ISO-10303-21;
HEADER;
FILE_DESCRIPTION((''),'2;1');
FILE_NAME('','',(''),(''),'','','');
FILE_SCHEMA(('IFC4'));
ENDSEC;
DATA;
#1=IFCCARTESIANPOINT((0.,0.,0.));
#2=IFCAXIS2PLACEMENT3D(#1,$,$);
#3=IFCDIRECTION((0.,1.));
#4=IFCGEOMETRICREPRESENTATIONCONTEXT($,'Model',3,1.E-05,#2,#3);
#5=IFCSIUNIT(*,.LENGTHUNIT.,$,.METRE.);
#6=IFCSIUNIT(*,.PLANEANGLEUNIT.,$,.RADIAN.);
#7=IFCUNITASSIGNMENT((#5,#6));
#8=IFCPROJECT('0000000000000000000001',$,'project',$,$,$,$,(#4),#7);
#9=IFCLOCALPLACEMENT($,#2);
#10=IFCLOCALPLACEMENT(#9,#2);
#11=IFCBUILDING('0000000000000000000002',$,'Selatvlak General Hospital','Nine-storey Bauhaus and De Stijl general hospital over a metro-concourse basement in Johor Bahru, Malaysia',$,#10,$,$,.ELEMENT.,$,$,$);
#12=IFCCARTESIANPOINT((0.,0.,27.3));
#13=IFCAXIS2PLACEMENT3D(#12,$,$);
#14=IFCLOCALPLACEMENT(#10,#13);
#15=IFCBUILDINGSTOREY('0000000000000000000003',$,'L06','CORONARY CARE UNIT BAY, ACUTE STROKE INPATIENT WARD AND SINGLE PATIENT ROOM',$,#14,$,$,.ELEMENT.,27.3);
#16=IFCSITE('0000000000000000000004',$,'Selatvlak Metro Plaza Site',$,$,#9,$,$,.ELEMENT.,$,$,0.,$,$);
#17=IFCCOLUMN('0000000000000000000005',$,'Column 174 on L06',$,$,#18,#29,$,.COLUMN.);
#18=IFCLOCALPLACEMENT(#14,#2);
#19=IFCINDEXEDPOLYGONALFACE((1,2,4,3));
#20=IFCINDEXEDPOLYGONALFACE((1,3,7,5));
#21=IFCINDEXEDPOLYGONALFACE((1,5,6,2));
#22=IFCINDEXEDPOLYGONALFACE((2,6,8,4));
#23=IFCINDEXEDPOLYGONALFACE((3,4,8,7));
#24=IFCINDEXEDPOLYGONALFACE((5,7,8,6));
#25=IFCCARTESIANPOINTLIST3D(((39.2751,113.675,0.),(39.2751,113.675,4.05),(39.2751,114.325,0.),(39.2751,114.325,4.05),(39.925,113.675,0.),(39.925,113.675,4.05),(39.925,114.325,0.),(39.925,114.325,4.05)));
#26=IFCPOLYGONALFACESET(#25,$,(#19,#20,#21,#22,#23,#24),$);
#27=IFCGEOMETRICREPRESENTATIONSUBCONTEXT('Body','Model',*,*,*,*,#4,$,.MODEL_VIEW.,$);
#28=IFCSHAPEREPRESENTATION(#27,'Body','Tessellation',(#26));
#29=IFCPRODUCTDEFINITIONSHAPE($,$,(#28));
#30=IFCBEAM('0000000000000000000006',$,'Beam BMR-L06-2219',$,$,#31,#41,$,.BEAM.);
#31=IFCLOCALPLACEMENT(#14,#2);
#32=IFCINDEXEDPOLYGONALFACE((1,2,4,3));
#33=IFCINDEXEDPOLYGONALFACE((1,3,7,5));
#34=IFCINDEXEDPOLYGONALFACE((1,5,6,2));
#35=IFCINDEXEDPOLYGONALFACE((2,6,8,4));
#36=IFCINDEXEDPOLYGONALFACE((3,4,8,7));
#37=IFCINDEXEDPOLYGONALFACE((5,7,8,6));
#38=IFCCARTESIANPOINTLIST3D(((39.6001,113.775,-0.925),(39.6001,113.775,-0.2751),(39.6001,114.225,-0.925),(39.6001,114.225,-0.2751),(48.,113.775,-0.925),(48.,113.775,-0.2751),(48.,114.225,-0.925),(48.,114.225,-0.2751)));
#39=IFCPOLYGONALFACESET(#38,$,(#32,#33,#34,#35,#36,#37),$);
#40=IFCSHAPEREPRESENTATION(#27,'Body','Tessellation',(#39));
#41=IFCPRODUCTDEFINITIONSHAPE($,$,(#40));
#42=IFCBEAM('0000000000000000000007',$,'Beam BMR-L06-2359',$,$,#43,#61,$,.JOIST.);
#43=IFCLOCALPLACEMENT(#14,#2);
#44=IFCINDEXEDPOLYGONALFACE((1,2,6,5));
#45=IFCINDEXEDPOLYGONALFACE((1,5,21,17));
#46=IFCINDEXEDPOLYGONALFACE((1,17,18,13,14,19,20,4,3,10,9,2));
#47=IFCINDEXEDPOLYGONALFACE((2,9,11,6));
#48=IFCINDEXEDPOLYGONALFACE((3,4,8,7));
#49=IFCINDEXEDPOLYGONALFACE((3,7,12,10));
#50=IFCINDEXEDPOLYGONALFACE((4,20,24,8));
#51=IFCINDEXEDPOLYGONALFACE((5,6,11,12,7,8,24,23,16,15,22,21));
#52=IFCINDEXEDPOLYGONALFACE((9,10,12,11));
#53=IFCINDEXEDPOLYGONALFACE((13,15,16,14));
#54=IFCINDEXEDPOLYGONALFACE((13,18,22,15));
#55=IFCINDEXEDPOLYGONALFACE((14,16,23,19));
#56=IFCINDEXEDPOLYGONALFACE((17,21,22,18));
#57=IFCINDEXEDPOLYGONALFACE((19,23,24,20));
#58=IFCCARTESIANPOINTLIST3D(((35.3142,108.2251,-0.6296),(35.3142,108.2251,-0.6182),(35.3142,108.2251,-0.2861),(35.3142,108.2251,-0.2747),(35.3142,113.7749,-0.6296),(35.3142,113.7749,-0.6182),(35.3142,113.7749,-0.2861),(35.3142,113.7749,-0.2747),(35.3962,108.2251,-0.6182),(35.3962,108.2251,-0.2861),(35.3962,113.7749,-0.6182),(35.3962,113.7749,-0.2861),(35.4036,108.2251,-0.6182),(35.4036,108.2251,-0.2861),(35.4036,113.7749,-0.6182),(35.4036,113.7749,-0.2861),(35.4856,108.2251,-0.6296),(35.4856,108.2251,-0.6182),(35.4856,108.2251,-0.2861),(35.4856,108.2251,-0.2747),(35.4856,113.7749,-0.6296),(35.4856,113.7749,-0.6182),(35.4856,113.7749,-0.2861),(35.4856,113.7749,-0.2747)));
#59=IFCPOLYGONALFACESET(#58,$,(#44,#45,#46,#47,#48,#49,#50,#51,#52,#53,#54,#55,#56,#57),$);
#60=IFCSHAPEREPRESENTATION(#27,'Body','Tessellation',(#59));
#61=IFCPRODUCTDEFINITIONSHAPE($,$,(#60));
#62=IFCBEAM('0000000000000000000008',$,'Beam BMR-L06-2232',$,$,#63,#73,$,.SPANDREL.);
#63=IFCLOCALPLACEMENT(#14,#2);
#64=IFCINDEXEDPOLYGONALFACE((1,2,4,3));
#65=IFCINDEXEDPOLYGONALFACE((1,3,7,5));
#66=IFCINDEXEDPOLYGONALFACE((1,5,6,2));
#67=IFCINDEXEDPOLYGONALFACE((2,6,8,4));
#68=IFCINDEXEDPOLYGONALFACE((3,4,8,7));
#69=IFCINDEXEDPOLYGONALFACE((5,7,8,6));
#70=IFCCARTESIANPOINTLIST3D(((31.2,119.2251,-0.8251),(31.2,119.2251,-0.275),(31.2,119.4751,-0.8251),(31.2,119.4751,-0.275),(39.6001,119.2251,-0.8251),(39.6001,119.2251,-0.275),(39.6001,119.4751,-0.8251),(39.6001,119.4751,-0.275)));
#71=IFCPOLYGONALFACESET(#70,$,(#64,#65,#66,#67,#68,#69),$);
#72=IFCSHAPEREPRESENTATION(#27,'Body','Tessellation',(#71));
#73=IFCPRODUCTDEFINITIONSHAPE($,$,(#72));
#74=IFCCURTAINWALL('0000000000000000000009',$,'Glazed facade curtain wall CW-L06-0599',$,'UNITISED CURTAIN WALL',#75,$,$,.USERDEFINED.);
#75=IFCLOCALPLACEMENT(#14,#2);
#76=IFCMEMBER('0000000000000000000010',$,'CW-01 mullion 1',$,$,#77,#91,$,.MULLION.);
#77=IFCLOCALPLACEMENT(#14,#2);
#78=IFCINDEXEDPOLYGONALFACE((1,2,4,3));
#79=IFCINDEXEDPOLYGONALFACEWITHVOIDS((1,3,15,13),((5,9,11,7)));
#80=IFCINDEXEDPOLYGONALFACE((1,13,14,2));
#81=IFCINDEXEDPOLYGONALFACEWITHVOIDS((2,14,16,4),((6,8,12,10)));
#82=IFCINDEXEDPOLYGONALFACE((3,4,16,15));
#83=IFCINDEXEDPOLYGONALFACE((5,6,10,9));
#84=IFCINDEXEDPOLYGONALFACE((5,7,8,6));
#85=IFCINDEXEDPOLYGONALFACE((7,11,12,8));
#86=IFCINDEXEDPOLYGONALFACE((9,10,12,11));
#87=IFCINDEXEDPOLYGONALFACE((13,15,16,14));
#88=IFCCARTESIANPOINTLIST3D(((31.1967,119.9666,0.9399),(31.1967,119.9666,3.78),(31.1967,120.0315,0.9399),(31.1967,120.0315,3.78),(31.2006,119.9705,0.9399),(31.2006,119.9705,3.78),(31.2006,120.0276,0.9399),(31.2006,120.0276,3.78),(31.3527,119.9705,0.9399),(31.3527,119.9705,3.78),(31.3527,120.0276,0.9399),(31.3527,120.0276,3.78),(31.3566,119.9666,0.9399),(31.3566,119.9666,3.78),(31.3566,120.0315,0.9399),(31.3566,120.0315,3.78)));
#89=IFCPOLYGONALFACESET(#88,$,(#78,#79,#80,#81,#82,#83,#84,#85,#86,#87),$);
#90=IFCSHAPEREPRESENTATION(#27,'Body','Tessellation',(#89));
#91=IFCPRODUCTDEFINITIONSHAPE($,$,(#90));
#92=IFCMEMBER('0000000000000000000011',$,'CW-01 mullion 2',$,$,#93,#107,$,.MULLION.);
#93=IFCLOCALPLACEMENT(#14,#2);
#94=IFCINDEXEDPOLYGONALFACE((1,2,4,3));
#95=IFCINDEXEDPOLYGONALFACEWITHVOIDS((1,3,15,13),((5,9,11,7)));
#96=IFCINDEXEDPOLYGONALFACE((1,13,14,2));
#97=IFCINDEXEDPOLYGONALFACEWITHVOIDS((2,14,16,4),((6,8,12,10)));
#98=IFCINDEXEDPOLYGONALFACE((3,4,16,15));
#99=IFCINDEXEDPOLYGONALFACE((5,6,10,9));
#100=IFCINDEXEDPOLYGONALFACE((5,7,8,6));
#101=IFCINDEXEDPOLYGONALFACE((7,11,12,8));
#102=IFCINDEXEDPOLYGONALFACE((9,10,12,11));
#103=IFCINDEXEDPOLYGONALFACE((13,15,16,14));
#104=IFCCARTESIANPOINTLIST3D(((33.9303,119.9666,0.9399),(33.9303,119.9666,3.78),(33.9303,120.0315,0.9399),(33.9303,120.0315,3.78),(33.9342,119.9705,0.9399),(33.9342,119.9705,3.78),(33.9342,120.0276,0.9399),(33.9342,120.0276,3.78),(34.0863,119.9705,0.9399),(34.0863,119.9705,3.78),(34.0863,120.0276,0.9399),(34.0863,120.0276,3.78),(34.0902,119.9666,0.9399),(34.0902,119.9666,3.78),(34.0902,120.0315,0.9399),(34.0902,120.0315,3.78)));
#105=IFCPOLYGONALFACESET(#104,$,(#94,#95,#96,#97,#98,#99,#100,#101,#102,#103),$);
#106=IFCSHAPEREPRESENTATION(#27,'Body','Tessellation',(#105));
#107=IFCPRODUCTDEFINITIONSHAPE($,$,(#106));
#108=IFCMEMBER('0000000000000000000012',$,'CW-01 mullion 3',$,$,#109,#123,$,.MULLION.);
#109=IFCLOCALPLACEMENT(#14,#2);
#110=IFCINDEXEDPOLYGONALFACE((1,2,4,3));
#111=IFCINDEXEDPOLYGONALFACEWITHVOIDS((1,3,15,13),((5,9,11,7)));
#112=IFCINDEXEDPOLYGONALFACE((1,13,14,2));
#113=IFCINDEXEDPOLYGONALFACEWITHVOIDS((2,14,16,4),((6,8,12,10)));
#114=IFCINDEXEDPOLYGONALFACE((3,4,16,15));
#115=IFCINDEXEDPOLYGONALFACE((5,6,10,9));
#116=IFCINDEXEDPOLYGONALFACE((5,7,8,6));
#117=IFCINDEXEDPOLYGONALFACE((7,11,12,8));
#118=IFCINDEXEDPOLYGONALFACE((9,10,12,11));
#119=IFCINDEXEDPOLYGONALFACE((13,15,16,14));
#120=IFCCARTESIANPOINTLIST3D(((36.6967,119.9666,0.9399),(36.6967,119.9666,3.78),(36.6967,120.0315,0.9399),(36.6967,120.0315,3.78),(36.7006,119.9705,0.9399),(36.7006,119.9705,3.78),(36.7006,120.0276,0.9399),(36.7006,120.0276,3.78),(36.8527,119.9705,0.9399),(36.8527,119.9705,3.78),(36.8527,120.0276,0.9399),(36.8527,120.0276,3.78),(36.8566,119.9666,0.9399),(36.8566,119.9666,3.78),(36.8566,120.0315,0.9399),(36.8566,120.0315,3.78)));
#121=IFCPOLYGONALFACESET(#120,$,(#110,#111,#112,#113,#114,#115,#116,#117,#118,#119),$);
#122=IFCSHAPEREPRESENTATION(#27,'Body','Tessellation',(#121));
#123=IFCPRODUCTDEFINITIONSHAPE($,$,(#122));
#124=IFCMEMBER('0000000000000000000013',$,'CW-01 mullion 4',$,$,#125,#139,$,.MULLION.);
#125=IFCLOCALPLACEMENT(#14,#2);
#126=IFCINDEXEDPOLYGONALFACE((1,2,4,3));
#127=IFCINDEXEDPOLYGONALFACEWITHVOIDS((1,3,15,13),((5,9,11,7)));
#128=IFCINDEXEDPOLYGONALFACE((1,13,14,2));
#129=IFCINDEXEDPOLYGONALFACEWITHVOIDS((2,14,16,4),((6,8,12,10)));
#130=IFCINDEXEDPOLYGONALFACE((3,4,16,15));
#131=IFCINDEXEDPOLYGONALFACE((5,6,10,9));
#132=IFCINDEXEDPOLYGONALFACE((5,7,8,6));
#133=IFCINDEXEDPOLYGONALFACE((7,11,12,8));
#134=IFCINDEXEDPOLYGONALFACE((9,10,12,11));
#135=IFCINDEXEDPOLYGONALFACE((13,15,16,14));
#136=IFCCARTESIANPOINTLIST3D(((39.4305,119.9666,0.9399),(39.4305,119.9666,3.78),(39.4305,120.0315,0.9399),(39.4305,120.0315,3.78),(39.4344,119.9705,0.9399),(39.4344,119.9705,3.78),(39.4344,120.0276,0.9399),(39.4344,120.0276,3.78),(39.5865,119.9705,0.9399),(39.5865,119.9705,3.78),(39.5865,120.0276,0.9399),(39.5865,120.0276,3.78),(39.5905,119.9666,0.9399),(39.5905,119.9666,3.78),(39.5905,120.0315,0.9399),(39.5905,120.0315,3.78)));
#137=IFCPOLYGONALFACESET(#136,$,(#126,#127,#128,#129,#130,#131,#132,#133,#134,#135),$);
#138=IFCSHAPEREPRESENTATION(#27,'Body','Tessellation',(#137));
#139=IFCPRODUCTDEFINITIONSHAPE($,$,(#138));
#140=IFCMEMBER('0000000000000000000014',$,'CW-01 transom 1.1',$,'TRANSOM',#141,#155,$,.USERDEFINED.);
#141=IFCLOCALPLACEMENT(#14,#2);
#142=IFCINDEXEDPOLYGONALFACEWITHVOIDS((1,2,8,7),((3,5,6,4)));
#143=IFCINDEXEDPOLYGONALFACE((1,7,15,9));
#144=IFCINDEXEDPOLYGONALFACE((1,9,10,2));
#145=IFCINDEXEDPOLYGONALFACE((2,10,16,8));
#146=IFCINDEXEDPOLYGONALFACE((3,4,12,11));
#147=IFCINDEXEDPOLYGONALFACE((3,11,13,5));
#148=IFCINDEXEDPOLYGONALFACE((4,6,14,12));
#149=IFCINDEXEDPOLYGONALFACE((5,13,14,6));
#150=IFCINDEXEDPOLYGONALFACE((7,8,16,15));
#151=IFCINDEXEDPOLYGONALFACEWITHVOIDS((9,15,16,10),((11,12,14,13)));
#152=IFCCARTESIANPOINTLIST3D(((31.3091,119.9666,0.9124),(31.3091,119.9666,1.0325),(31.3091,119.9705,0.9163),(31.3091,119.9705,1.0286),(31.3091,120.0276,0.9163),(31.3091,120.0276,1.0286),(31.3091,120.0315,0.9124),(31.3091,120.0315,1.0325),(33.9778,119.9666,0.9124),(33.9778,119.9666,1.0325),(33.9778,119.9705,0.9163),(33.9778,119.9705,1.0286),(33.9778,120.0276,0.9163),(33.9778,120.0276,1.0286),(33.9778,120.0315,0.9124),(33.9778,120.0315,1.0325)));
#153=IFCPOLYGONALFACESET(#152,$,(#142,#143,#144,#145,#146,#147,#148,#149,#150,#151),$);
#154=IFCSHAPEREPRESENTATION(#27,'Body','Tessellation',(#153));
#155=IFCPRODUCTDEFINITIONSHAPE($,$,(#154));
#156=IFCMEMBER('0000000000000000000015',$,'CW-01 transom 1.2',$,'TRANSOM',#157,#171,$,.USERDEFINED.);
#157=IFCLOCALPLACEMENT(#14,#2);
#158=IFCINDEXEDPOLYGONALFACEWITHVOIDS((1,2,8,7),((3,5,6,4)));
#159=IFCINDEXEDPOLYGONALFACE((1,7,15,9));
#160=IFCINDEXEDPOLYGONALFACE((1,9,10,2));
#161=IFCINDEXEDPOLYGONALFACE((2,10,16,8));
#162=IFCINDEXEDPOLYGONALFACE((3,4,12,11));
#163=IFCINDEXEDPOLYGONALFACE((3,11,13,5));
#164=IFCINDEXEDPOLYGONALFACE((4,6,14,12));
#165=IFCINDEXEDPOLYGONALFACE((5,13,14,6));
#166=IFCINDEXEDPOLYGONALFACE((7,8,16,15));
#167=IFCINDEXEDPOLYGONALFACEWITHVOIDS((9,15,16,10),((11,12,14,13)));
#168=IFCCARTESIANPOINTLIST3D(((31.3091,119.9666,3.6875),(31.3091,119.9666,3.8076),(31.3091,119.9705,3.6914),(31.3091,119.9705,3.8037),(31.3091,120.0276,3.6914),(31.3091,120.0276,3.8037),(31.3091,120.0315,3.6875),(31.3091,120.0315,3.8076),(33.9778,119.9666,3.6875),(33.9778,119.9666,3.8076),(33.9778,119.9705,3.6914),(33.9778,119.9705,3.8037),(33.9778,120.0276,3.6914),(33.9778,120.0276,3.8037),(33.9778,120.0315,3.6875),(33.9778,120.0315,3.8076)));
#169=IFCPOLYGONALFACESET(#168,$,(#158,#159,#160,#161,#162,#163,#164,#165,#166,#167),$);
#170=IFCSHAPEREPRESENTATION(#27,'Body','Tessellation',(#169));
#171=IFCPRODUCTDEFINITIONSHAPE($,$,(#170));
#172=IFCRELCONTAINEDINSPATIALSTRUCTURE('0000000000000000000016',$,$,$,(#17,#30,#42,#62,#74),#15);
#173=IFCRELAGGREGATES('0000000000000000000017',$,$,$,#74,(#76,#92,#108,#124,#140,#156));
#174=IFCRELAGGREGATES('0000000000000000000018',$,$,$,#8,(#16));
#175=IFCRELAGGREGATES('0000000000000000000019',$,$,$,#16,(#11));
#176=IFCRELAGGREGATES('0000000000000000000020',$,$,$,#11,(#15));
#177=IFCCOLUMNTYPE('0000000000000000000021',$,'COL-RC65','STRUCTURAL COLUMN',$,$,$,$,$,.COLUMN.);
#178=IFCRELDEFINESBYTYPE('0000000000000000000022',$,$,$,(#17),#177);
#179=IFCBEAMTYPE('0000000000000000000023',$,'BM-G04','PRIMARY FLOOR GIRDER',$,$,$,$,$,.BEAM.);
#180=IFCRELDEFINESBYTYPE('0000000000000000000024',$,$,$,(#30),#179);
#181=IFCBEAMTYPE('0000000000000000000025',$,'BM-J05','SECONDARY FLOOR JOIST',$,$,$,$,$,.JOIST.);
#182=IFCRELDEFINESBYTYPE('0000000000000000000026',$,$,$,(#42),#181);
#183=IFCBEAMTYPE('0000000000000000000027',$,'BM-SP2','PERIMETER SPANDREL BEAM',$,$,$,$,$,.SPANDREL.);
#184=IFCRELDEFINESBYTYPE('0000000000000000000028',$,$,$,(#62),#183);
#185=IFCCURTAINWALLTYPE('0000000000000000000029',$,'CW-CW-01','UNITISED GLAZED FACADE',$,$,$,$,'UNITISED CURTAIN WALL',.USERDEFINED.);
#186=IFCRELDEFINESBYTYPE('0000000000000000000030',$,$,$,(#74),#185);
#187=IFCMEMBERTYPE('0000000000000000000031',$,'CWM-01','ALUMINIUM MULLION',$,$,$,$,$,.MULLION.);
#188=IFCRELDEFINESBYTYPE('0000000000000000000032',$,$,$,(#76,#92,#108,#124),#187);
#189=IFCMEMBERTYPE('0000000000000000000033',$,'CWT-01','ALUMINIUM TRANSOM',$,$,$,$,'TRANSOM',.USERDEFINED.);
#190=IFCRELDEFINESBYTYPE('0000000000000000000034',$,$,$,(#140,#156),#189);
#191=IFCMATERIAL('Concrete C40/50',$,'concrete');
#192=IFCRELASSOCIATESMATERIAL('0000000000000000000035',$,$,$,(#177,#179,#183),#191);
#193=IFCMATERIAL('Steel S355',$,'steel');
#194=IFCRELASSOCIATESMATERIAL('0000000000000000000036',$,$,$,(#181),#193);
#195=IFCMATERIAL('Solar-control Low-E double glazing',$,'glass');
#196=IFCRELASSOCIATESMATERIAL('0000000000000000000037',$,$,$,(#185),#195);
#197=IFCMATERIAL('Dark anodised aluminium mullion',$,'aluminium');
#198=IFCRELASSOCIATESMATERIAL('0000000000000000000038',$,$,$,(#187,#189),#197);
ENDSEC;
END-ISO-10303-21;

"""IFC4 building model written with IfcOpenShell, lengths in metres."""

from ifc_helpers import new_model, si_unit, direction, frame, origin, origin_2d, place, context, subcontext, project, spatial, rectangle, hollow_rectangle, i_section, extrude, material, material_profile, profile_set, type_object, element, aggregate, save


model = new_model("IFC4")

# Units and contexts
model_context = context("Model", 3, precision=1e-05, world=origin(), true_north=direction((0.0, 1.0)))
body_context = subcontext(model_context, "Body", "Model", "MODEL_VIEW")
ifc_project = project(units=[si_unit("LENGTHUNIT", "METRE"), si_unit("PLANEANGLEUNIT", "RADIAN")], contexts=[model_context])

# Site, building, storey
site_placement = place(None, origin())
site = spatial("IfcSite", under=ifc_project, at=site_placement, Name="Selatvlak Metro Plaza Site", CompositionType="ELEMENT", RefElevation=0.0)
building_placement = place(site_placement, origin())
building = spatial("IfcBuilding", under=site, at=building_placement, Name="Selatvlak General Hospital", Description="Nine-storey Bauhaus and De Stijl general hospital over a metro-concourse basement in Johor Bahru, Malaysia", CompositionType="ELEMENT")
storey_placement = place(building_placement, frame((0.0, 0.0, 27.3)))
storey = spatial("IfcBuildingStorey", under=building, at=storey_placement, Name="L06", Description="CORONARY CARE UNIT BAY, ACUTE STROKE INPATIENT WARD AND SINGLE PATIENT ROOM", CompositionType="ELEMENT", Elevation=27.3)

# Column
ifc_material_1 = material(Name="Concrete C40/50", Category="concrete")
ifc_material_profile_1 = material_profile(ifc_material_1, rectangle(XDim=0.6499, YDim=0.6499, at=origin_2d()), Name="RC-COL 650x650")
ifc_profile_set_1 = profile_set([ifc_material_profile_1], Name="Concrete C40/50")
column_type = type_object("IfcColumnType", Name="COL-RC65", Description="STRUCTURAL COLUMN", PredefinedType="COLUMN", material=ifc_profile_set_1)
column_placement = place(storey_placement, frame((39.6001, 114.0, 0.0), z_axis=(0.0, 0.0, 1.0), x_axis=(1.0, 0.0, 0.0)))
element("IfcColumn", 1, at=column_placement, inside=storey, type_object=column_type, Name="Column 174 on L06", PredefinedType="COLUMN", context=body_context, shape_type="SweptSolid", body=[
    extrude(rectangle(XDim=0.6499, YDim=0.6499, at=origin_2d()), origin(), (0.0, 0.0, 1.0), 4.05),
])

# Beams
ifc_material_profile_2 = material_profile(ifc_material_1, rectangle(XDim=0.45, YDim=0.6499, at=origin_2d()), Name="RC-BM 450x650")
ifc_profile_set_2 = profile_set([ifc_material_profile_2], Name="Concrete C40/50")
beam_type_1 = type_object("IfcBeamType", Name="BM-G04", Description="PRIMARY FLOOR GIRDER", PredefinedType="BEAM", material=ifc_profile_set_2)
beam_1_placement = place(storey_placement, frame((39.6001, 114.0, -0.6001), z_axis=(1.0, 0.0, 0.0), x_axis=(0.0, 1.0, 0.0)))
element("IfcBeam", 2, at=beam_1_placement, inside=storey, type_object=beam_type_1, Name="Beam BMR-L06-2219", PredefinedType="BEAM", context=body_context, shape_type="SweptSolid", body=[
    extrude(rectangle(XDim=0.45, YDim=0.6499, at=origin_2d()), origin(), (0.0, 0.0, 1.0), 8.3999),
])
ifc_material_2 = material(Name="Steel S355", Category="steel")
ifc_material_profile_3 = material_profile(ifc_material_2, i_section(OverallWidth=0.1714, OverallDepth=0.355, WebThickness=0.0073, FlangeThickness=0.0115, at=origin_2d()), Name="UB 356x171x51")
ifc_profile_set_3 = profile_set([ifc_material_profile_3], Name="Steel S355")
beam_type_2 = type_object("IfcBeamType", Name="BM-J05", Description="SECONDARY FLOOR JOIST", PredefinedType="JOIST", material=ifc_profile_set_3)
beam_2_placement = place(storey_placement, frame((35.3999, 108.2251, -0.4521), z_axis=(0.0, 1.0, 0.0), x_axis=(-1.0, 0.0, 0.0)))
element("IfcBeam", 3, at=beam_2_placement, inside=storey, type_object=beam_type_2, Name="Beam BMR-L06-2359", PredefinedType="JOIST", context=body_context, shape_type="SweptSolid", body=[
    extrude(i_section(OverallWidth=0.1714, OverallDepth=0.355, WebThickness=0.0073, FlangeThickness=0.0115, at=origin_2d()), origin(), (0.0, 0.0, 1.0), 5.5498),
])
ifc_material_profile_4 = material_profile(ifc_material_1, rectangle(XDim=0.25, YDim=0.55, at=origin_2d()), Name="RC-SP 250x550")
ifc_profile_set_4 = profile_set([ifc_material_profile_4], Name="Concrete C40/50")
beam_type_3 = type_object("IfcBeamType", Name="BM-SP2", Description="PERIMETER SPANDREL BEAM", PredefinedType="SPANDREL", material=ifc_profile_set_4)
beam_3_placement = place(storey_placement, frame((31.2, 119.3501, -0.55), z_axis=(1.0, 0.0, 0.0), x_axis=(0.0, 1.0, 0.0)))
element("IfcBeam", 4, at=beam_3_placement, inside=storey, type_object=beam_type_3, Name="Beam BMR-L06-2232", PredefinedType="SPANDREL", context=body_context, shape_type="SweptSolid", body=[
    extrude(rectangle(XDim=0.25, YDim=0.55, at=origin_2d()), origin(), (0.0, 0.0, 1.0), 8.4001),
])

# Curtain wall, members
ifc_material_3 = material(Name="Solar-control Low-E double glazing", Category="glass")
curtain_wall_type = type_object("IfcCurtainWallType", Name="CW-CW-01", Description="UNITISED GLAZED FACADE", ElementType="UNITISED CURTAIN WALL", PredefinedType="USERDEFINED", material=ifc_material_3)
curtain_wall_placement = place(storey_placement, origin())
curtain_wall = element("IfcCurtainWall", 5, at=curtain_wall_placement, inside=storey, type_object=curtain_wall_type, Name="Glazed facade curtain wall CW-L06-0599", ObjectType="UNITISED CURTAIN WALL", PredefinedType="USERDEFINED")
ifc_material_4 = material(Name="Dark anodised aluminium mullion", Category="aluminium")
ifc_material_profile_5 = material_profile(ifc_material_4, hollow_rectangle(XDim=0.0649, YDim=0.1599, WallThickness=0.0039, at=origin_2d()), Name="AL-MUL 65x160x4")
ifc_profile_set_5 = profile_set([ifc_material_profile_5], Name="Dark anodised aluminium mullion")
member_type_1 = type_object("IfcMemberType", Name="CWM-01", Description="ALUMINIUM MULLION", PredefinedType="MULLION", material=ifc_profile_set_5)
member_1_placement = place(storey_placement, frame((31.2766, 119.999, 0.9399), z_axis=(0.0, 0.0, 1.0), x_axis=(0.0, 1.0, 0.0)))
member_1 = element("IfcMember", 6, at=member_1_placement, type_object=member_type_1, Name="CW-01 mullion 1", PredefinedType="MULLION", context=body_context, shape_type="SweptSolid", body=[
    extrude(hollow_rectangle(XDim=0.0649, YDim=0.1599, WallThickness=0.0039, at=origin_2d()), origin(), (0.0, 0.0, 1.0), 2.8401),
])
member_2_placement = place(storey_placement, frame((34.0103, 119.999, 0.9399), z_axis=(0.0, 0.0, 1.0), x_axis=(0.0, 1.0, 0.0)))
member_2 = element("IfcMember", 7, at=member_2_placement, type_object=member_type_1, Name="CW-01 mullion 2", PredefinedType="MULLION", context=body_context, shape_type="SweptSolid", body=[
    extrude(hollow_rectangle(XDim=0.0649, YDim=0.1599, WallThickness=0.0039, at=origin_2d()), origin(), (0.0, 0.0, 1.0), 2.8401),
])
member_3_placement = place(storey_placement, frame((36.7766, 119.999, 0.9399), z_axis=(0.0, 0.0, 1.0), x_axis=(0.0, 1.0, 0.0)))
member_3 = element("IfcMember", 8, at=member_3_placement, type_object=member_type_1, Name="CW-01 mullion 3", PredefinedType="MULLION", context=body_context, shape_type="SweptSolid", body=[
    extrude(hollow_rectangle(XDim=0.0649, YDim=0.1599, WallThickness=0.0039, at=origin_2d()), origin(), (0.0, 0.0, 1.0), 2.8401),
])
member_4_placement = place(storey_placement, frame((39.5105, 119.999, 0.9399), z_axis=(0.0, 0.0, 1.0), x_axis=(0.0, 1.0, 0.0)))
member_4 = element("IfcMember", 9, at=member_4_placement, type_object=member_type_1, Name="CW-01 mullion 4", PredefinedType="MULLION", context=body_context, shape_type="SweptSolid", body=[
    extrude(hollow_rectangle(XDim=0.0649, YDim=0.1599, WallThickness=0.0039, at=origin_2d()), origin(), (0.0, 0.0, 1.0), 2.8401),
])
ifc_material_profile_6 = material_profile(ifc_material_4, hollow_rectangle(XDim=0.0649, YDim=0.1201, WallThickness=0.0039, at=origin_2d()), Name="AL-TRN 65x120x4")
ifc_profile_set_6 = profile_set([ifc_material_profile_6], Name="Dark anodised aluminium mullion")
member_type_2 = type_object("IfcMemberType", Name="CWT-01", Description="ALUMINIUM TRANSOM", ElementType="TRANSOM", PredefinedType="USERDEFINED", material=ifc_profile_set_6)
member_5_placement = place(storey_placement, frame((31.3091, 119.999, 0.9724), z_axis=(1.0, 0.0, 0.0), x_axis=(0.0, 1.0, 0.0)))
member_5 = element("IfcMember", 10, at=member_5_placement, type_object=member_type_2, Name="CW-01 transom 1.1", ObjectType="TRANSOM", PredefinedType="USERDEFINED", context=body_context, shape_type="SweptSolid", body=[
    extrude(hollow_rectangle(XDim=0.0649, YDim=0.1201, WallThickness=0.0039, at=origin_2d()), origin(), (0.0, 0.0, 1.0), 2.6687),
])
member_6_placement = place(storey_placement, frame((31.3091, 119.999, 3.7476), z_axis=(1.0, 0.0, 0.0), x_axis=(0.0, 1.0, 0.0)))
member_6 = element("IfcMember", 11, at=member_6_placement, type_object=member_type_2, Name="CW-01 transom 1.2", ObjectType="TRANSOM", PredefinedType="USERDEFINED", context=body_context, shape_type="SweptSolid", body=[
    extrude(hollow_rectangle(XDim=0.0649, YDim=0.1201, WallThickness=0.0039, at=origin_2d()), origin(), (0.0, 0.0, 1.0), 2.6687),
])
aggregate(curtain_wall, [member_1, member_2, member_3, member_4, member_5, member_6])

save(model, "model.ifc")
